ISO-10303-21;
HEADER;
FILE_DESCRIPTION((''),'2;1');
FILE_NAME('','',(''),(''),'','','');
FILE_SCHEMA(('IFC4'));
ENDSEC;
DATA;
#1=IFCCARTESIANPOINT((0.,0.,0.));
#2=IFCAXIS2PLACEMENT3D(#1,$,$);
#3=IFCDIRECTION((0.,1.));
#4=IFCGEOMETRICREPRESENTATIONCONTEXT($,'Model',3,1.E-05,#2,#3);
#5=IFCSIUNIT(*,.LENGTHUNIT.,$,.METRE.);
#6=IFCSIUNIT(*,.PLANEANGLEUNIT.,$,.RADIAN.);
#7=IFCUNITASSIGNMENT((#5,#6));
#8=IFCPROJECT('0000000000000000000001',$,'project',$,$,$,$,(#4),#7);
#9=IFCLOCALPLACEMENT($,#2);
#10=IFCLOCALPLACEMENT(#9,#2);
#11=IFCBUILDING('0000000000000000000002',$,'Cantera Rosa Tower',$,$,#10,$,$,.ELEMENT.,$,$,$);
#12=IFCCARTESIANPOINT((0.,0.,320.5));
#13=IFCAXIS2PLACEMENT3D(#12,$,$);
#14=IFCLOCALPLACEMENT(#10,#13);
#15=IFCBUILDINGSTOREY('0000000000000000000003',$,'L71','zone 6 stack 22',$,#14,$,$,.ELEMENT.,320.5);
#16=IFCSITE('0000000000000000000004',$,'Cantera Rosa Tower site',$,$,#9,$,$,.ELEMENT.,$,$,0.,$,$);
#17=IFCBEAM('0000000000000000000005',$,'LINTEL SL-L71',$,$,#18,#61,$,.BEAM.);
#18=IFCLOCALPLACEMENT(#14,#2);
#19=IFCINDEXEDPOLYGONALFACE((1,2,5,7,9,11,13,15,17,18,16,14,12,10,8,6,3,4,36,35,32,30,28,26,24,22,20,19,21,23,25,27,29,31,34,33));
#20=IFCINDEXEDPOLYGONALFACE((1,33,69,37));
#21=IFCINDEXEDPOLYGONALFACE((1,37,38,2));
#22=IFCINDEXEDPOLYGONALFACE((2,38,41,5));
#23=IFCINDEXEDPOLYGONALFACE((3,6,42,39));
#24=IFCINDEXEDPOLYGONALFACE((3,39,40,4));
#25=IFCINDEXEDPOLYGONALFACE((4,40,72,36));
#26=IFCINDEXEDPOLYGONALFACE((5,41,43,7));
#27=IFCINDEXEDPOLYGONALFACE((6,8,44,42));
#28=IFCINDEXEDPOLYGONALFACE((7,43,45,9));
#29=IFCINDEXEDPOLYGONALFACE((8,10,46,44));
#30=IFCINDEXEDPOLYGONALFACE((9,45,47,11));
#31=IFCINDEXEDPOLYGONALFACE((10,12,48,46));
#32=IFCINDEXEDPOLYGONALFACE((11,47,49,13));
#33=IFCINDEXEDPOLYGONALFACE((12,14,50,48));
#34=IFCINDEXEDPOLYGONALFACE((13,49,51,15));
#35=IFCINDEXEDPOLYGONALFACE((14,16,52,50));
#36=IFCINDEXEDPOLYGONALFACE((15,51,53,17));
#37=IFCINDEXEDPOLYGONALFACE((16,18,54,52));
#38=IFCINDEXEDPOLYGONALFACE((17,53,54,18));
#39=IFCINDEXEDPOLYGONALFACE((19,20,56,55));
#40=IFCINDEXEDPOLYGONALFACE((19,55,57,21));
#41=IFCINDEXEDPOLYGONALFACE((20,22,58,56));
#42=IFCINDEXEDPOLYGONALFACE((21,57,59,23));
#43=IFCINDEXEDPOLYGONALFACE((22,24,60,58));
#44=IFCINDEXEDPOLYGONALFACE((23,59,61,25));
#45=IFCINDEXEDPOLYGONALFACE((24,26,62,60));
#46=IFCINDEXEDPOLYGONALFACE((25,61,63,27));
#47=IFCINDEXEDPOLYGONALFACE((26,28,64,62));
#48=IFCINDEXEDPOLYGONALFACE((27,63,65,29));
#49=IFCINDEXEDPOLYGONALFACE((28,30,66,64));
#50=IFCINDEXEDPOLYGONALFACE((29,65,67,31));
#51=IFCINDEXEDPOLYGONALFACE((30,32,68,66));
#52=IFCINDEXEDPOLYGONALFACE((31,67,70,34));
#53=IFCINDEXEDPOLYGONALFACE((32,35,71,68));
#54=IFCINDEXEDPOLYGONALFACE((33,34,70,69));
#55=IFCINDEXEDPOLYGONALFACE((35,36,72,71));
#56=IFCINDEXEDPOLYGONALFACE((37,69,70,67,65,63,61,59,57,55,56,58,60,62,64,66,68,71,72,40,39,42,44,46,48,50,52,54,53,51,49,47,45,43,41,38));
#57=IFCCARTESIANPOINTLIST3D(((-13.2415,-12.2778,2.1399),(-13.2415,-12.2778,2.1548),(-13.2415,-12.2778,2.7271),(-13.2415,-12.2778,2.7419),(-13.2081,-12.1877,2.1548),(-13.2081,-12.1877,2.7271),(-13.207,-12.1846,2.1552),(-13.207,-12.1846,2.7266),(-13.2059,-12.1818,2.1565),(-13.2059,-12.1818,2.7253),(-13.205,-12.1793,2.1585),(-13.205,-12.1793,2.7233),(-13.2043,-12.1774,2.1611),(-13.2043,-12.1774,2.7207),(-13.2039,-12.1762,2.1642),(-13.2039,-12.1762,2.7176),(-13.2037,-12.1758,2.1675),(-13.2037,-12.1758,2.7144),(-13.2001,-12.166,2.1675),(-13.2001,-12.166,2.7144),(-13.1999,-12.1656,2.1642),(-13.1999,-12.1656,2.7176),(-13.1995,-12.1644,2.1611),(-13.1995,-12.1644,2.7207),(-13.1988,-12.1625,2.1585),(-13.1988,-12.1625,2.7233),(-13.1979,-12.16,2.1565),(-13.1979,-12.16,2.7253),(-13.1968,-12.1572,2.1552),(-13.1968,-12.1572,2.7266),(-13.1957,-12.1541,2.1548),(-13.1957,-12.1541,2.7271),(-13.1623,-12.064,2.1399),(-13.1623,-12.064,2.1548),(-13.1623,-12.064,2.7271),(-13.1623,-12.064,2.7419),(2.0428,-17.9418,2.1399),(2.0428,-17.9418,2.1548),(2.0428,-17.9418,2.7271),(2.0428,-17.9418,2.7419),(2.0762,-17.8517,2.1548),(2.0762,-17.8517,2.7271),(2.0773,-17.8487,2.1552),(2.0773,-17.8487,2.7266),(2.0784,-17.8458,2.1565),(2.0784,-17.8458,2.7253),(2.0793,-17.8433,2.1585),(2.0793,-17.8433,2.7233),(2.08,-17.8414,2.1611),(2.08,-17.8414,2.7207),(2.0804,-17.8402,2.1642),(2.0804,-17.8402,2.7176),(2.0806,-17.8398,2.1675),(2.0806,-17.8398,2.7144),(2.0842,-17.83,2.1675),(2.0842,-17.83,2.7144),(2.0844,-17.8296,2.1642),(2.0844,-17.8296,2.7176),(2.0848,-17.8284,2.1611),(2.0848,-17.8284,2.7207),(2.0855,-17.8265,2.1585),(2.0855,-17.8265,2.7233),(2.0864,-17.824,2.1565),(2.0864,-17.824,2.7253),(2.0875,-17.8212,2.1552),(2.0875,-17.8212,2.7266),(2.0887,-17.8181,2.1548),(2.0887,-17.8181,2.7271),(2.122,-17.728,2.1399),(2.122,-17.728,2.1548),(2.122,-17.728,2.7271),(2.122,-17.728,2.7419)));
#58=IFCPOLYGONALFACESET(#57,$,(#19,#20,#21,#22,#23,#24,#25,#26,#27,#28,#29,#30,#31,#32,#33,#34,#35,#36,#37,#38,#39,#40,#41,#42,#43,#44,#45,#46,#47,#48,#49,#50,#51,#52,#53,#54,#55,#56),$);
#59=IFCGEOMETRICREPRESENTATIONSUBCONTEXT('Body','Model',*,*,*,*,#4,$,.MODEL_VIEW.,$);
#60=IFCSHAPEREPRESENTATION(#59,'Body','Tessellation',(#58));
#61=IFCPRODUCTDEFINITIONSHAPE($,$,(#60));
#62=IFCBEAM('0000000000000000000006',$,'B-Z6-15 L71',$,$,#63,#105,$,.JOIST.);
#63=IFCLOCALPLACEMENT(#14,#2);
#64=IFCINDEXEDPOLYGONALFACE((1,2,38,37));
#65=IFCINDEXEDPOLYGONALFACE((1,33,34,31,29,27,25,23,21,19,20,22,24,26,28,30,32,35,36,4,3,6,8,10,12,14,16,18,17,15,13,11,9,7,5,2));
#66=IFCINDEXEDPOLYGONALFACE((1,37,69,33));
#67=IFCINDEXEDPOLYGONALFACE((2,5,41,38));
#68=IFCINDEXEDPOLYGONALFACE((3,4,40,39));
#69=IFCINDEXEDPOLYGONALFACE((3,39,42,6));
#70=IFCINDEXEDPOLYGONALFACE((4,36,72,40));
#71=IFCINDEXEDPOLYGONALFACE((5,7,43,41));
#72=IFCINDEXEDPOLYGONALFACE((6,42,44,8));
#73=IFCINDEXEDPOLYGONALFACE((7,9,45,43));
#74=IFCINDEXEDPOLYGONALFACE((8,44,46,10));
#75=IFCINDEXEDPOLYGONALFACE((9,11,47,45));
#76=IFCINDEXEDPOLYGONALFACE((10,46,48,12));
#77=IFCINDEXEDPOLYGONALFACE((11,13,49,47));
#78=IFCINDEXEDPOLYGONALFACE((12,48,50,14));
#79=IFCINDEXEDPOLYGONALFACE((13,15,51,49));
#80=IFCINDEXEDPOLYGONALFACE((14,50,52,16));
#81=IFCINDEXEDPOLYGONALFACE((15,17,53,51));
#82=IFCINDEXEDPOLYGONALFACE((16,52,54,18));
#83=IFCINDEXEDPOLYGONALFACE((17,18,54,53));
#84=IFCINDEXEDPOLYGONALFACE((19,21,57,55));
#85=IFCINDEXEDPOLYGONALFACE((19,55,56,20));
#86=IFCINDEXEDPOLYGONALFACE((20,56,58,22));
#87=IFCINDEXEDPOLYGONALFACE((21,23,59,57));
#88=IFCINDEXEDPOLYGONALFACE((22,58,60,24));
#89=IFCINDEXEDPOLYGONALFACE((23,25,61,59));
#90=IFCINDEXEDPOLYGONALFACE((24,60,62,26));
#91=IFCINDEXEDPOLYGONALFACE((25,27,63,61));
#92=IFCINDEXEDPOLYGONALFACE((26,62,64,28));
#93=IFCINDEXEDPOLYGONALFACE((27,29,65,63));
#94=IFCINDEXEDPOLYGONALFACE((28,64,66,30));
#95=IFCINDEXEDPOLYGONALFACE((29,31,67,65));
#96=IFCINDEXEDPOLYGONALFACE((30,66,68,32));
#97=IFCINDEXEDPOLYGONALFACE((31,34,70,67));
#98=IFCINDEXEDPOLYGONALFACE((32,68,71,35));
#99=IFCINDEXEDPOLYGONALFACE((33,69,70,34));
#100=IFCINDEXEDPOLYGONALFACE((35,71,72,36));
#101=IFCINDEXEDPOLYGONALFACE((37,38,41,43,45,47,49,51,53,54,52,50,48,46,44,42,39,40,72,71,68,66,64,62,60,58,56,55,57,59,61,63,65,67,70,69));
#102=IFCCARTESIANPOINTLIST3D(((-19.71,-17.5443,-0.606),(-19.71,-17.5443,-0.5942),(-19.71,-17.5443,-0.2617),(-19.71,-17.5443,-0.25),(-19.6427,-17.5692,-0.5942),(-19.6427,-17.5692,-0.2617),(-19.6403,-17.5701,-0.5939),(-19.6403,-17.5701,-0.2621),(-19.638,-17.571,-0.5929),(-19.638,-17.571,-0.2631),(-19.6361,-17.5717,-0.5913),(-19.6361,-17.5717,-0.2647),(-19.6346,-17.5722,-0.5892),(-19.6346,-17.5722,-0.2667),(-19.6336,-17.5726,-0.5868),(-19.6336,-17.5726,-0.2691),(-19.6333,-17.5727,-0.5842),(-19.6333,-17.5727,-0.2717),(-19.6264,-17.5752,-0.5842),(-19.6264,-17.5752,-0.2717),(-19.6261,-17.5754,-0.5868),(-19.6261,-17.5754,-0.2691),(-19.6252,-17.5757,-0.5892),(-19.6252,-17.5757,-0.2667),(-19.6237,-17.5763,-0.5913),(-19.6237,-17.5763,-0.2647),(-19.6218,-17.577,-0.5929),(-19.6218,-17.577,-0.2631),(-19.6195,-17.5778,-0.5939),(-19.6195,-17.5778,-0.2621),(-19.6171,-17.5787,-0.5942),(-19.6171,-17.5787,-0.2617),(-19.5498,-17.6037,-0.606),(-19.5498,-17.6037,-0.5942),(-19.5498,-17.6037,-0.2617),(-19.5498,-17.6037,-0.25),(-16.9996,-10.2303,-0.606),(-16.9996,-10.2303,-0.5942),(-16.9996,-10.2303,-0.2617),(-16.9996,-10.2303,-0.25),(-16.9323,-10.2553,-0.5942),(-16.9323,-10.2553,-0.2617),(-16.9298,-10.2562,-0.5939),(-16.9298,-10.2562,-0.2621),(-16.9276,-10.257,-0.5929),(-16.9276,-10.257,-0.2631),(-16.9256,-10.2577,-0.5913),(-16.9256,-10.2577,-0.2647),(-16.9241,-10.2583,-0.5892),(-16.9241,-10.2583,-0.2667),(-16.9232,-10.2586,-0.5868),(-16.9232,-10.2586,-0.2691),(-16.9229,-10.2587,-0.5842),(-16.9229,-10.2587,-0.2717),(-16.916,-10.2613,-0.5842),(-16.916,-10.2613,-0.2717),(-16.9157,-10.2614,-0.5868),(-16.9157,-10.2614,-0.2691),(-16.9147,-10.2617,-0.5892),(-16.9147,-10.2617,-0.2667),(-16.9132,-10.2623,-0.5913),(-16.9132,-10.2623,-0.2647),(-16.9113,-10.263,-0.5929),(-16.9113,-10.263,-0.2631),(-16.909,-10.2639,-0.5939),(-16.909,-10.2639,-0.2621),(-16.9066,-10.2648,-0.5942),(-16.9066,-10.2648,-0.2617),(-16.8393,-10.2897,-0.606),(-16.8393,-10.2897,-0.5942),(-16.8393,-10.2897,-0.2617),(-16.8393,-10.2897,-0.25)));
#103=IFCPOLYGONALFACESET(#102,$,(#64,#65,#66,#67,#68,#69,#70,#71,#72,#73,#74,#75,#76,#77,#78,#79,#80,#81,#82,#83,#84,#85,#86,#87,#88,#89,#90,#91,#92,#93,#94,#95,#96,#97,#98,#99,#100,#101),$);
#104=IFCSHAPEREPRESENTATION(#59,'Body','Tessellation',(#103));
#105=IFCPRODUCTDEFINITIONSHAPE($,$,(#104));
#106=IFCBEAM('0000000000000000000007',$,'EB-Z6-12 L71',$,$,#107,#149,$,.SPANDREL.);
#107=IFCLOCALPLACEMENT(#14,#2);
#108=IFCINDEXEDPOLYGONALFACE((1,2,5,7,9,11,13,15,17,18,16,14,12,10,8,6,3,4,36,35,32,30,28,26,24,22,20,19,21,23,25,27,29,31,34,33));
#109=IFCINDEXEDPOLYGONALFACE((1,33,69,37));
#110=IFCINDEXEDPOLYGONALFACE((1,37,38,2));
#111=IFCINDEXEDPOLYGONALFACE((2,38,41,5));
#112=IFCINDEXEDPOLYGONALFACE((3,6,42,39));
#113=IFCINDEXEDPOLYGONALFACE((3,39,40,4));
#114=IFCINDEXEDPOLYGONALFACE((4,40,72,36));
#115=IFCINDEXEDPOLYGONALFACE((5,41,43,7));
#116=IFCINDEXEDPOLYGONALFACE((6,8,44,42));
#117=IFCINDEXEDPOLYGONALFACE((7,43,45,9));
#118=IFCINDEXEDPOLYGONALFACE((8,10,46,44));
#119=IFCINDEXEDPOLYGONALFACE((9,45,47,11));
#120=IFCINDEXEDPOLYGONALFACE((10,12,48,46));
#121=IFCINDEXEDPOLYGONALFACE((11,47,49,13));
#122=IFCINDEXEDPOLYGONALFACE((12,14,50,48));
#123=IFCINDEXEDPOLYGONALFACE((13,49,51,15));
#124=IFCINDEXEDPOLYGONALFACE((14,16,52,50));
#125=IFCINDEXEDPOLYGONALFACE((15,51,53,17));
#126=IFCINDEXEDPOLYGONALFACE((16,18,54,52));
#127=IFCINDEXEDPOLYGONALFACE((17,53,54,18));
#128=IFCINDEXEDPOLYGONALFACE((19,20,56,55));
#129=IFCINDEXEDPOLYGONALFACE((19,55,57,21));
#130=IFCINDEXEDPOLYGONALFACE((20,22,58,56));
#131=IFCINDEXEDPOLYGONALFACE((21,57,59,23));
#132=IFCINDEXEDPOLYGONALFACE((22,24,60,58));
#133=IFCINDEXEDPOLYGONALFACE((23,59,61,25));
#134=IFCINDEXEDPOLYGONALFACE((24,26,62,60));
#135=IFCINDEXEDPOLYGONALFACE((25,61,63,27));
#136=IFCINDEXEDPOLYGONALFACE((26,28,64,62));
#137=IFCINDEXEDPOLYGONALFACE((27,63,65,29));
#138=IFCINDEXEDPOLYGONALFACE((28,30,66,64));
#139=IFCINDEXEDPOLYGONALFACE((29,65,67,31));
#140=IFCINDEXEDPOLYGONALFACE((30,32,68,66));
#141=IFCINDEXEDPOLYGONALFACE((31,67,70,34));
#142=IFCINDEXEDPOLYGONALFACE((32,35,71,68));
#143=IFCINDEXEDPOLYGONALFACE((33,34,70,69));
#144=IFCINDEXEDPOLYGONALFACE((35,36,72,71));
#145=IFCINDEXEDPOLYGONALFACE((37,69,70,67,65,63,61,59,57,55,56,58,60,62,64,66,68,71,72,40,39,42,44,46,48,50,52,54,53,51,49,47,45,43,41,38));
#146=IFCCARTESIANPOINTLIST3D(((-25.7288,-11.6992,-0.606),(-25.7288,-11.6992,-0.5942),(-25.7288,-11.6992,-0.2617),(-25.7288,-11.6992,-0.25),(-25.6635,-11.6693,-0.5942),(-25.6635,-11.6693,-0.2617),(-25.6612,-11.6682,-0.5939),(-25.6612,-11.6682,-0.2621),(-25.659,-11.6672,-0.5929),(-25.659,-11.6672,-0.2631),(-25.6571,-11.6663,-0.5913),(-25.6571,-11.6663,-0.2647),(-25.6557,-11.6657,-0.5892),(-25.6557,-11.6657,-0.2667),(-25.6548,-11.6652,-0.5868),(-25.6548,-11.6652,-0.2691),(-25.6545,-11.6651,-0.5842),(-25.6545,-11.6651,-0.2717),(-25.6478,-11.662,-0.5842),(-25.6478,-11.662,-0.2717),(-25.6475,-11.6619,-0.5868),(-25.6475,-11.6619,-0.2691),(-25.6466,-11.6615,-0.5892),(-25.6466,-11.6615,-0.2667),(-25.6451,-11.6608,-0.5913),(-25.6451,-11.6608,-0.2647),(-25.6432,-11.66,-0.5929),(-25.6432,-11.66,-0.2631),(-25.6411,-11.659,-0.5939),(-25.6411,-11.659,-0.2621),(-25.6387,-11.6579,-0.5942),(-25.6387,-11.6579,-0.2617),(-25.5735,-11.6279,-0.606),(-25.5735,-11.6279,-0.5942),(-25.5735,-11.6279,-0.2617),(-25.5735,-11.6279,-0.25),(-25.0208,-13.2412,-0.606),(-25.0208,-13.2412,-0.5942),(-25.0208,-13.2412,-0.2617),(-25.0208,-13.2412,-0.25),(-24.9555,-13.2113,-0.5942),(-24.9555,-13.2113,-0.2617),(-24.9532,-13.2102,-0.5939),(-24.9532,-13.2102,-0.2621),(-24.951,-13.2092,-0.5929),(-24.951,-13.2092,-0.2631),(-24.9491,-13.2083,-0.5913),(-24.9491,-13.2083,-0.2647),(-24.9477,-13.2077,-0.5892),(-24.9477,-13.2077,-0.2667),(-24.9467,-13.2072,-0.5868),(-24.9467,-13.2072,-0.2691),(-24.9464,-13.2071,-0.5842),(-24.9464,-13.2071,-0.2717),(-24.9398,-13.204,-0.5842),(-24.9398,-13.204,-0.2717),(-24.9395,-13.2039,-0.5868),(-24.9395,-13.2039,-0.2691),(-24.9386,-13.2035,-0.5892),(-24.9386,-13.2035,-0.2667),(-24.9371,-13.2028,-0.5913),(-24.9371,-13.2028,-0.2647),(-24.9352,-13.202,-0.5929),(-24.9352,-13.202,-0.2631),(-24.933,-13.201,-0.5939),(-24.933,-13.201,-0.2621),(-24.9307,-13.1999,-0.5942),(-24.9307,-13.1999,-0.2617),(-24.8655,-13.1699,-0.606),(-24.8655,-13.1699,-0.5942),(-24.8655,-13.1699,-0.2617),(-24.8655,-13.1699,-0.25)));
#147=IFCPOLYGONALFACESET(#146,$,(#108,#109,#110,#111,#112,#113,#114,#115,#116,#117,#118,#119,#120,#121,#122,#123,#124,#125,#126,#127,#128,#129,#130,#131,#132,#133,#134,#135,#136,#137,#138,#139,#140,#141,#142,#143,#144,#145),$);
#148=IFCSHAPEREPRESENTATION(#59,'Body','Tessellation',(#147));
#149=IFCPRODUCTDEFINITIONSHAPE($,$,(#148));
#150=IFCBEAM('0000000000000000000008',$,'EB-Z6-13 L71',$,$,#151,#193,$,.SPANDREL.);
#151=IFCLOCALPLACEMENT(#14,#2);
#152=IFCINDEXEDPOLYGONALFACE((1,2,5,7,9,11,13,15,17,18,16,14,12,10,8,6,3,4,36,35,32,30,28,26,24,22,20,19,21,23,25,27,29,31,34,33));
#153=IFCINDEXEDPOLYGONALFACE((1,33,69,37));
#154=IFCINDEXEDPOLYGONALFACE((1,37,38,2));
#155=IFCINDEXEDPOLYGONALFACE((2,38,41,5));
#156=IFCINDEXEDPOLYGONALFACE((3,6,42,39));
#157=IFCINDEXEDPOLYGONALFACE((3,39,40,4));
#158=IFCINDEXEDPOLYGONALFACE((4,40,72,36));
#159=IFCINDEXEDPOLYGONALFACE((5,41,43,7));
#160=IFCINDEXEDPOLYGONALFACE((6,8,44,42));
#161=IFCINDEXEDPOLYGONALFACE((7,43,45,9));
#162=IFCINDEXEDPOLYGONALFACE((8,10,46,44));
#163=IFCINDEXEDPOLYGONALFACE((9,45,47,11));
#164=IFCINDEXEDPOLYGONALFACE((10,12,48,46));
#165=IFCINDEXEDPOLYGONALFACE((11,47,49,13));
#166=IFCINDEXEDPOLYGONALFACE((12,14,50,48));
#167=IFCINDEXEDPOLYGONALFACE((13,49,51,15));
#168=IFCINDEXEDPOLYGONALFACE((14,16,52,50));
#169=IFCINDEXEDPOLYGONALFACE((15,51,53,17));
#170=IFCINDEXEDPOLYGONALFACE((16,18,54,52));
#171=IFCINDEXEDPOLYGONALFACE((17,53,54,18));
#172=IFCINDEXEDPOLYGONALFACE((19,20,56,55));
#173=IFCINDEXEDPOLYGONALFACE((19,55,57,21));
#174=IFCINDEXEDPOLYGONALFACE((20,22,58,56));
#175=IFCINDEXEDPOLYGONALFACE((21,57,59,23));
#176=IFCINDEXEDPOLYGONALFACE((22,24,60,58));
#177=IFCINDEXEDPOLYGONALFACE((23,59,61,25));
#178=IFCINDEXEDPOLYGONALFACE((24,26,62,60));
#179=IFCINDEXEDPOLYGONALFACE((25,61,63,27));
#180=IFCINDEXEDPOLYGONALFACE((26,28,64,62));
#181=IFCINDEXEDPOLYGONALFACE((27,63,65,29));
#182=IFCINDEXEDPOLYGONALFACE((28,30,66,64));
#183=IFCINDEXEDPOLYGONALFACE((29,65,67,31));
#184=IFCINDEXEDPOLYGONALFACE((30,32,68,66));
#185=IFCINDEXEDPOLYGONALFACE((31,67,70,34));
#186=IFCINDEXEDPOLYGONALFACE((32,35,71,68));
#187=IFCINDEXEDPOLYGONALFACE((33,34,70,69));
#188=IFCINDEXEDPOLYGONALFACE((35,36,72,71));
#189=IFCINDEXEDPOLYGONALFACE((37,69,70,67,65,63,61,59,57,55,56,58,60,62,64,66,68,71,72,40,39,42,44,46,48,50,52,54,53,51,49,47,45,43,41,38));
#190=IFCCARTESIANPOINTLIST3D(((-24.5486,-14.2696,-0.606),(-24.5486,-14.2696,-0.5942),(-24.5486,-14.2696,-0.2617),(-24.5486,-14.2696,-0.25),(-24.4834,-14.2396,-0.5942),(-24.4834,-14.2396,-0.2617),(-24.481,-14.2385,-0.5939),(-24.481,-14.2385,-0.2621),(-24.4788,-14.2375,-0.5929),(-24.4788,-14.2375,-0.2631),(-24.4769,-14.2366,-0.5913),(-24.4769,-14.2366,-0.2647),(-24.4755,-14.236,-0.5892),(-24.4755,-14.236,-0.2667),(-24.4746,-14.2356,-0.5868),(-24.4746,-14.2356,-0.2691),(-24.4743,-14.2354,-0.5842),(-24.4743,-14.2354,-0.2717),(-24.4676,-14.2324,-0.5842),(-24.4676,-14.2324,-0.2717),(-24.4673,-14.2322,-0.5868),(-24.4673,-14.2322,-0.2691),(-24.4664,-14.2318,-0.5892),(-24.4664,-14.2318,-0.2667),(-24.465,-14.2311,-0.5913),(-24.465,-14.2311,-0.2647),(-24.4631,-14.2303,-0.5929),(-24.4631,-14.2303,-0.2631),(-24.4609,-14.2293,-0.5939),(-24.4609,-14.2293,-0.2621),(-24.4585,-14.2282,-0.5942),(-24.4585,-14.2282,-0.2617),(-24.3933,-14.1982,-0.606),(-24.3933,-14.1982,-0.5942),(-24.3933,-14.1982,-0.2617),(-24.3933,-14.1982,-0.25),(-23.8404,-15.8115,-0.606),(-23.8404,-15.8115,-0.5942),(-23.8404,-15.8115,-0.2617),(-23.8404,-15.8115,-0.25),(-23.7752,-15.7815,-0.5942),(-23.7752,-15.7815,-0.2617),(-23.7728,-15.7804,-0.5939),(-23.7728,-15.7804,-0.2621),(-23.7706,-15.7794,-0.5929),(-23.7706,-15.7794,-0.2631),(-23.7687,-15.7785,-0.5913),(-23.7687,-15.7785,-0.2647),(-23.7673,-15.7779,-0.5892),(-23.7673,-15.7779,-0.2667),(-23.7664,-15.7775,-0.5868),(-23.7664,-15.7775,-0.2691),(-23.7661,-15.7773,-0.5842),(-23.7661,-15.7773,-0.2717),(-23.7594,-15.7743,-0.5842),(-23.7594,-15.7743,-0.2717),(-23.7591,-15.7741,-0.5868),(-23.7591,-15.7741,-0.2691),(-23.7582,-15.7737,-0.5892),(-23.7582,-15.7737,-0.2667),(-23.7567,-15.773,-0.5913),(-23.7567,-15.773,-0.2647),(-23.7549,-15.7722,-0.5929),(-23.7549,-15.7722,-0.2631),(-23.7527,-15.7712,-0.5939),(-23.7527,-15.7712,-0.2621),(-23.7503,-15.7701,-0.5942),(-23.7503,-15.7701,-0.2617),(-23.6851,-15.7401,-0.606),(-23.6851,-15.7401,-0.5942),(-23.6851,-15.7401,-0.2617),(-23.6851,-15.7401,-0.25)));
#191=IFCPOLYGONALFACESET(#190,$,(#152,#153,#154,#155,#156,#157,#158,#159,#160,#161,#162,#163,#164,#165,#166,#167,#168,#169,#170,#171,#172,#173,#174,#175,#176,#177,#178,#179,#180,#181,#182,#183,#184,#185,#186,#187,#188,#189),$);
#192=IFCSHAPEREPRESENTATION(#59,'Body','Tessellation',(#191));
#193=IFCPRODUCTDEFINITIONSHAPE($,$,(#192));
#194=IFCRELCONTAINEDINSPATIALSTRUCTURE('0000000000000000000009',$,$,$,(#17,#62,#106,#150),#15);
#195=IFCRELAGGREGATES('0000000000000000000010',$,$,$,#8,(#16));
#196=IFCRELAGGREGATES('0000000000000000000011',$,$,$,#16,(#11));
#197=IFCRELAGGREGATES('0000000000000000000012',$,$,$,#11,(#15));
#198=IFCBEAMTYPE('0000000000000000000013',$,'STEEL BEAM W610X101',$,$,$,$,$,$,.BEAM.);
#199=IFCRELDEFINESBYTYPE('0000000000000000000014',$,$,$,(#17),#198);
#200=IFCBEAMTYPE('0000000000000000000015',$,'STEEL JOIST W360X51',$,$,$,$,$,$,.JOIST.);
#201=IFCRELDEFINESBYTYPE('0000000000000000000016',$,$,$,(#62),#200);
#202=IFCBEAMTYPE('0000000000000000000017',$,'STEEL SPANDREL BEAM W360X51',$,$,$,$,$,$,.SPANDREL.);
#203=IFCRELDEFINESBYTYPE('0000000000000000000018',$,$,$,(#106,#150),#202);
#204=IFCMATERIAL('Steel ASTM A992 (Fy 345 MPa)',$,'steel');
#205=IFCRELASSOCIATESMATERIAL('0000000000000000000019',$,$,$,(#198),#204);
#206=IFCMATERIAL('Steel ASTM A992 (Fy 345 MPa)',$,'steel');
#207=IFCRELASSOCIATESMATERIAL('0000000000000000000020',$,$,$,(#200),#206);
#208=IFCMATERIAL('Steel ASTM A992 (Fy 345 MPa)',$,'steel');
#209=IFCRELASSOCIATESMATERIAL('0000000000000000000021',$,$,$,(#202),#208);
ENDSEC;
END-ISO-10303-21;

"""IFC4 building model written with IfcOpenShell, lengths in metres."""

from ifc_helpers import new_model, si_unit, direction, frame, origin, origin_2d, place, context, subcontext, project, spatial, i_section, extrude, material, material_profile, profile_set, type_object, element, save


model = new_model("IFC4")

# Units and contexts
model_context = context("Model", 3, precision=1e-05, world=origin(), true_north=direction((0.0, 1.0)))
body_context = subcontext(model_context, "Body", "Model", "MODEL_VIEW")
ifc_project = project(units=[si_unit("LENGTHUNIT", "METRE"), si_unit("PLANEANGLEUNIT", "RADIAN")], contexts=[model_context])

# Site, building, storey
site_placement = place(None, origin())
site = spatial("IfcSite", under=ifc_project, at=site_placement, Name="Cantera Rosa Tower site", CompositionType="ELEMENT", RefElevation=0.0)
building_placement = place(site_placement, origin())
building = spatial("IfcBuilding", under=site, at=building_placement, Name="Cantera Rosa Tower", CompositionType="ELEMENT")
storey_placement = place(building_placement, frame((0.0, 0.0, 320.5)))
storey = spatial("IfcBuildingStorey", under=building, at=storey_placement, Name="L71", Description="zone 6 stack 22", CompositionType="ELEMENT", Elevation=320.5)

# Beams
ifc_material_1 = material(Name="Steel ASTM A992 (Fy 345 MPa)", Category="steel")
ifc_material_profile_1 = material_profile(ifc_material_1, i_section(OverallWidth=0.228, OverallDepth=0.6021, WebThickness=0.0105, FlangeThickness=0.0149, FilletRadius=0.0127, at=origin_2d()), Name="W610X101")
ifc_profile_set_1 = profile_set([ifc_material_profile_1], Name="Steel ASTM A992 (Fy 345 MPa)")
beam_type_1 = type_object("IfcBeamType", Name="STEEL BEAM W610X101", PredefinedType="BEAM", material=ifc_profile_set_1)
beam_1_placement = place(storey_placement, frame((-13.2019, -12.1709, 2.4409), z_axis=(0.937686, -0.347485, 0.0), x_axis=(0.347485, 0.937686, 0.0)))
element("IfcBeam", 1, at=beam_1_placement, inside=storey, type_object=beam_type_1, Name="LINTEL SL-L71", PredefinedType="BEAM", context=body_context, shape_type="SweptSolid", body=[
    extrude(i_section(OverallWidth=0.228, OverallDepth=0.6021, WebThickness=0.0105, FlangeThickness=0.0149, FilletRadius=0.0127, at=origin_2d()), origin(), (0.0, 0.0, 1.0), 16.3),
])
ifc_material_2 = material(Name="Steel ASTM A992 (Fy 345 MPa)", Category="steel")
ifc_material_profile_2 = material_profile(ifc_material_2, i_section(OverallWidth=0.1709, OverallDepth=0.356, WebThickness=0.0073, FlangeThickness=0.0117, FilletRadius=0.01, at=origin_2d()), Name="W360X51")
ifc_profile_set_2 = profile_set([ifc_material_profile_2], Name="Steel ASTM A992 (Fy 345 MPa)")
beam_type_2 = type_object("IfcBeamType", Name="STEEL JOIST W360X51", PredefinedType="JOIST", material=ifc_profile_set_2)
beam_2_placement = place(storey_placement, frame((-19.6299, -17.574, -0.428), z_axis=(0.347492, 0.937683, 0.0), x_axis=(-0.937683, 0.347492, 0.0)))
element("IfcBeam", 2, at=beam_2_placement, inside=storey, type_object=beam_type_2, Name="B-Z6-15 L71", PredefinedType="JOIST", context=body_context, shape_type="SweptSolid", body=[
    extrude(i_section(OverallWidth=0.1709, OverallDepth=0.356, WebThickness=0.0073, FlangeThickness=0.0117, FilletRadius=0.01, at=origin_2d()), origin(), (0.0, 0.0, 1.0), 7.8),
])
ifc_material_3 = material(Name="Steel ASTM A992 (Fy 345 MPa)", Category="steel")
ifc_material_profile_3 = material_profile(ifc_material_3, i_section(OverallWidth=0.1709, OverallDepth=0.356, WebThickness=0.0073, FlangeThickness=0.0117, FilletRadius=0.01, at=origin_2d()), Name="W360X51")
ifc_profile_set_3 = profile_set([ifc_material_profile_3], Name="Steel ASTM A992 (Fy 345 MPa)")
beam_type_3 = type_object("IfcBeamType", Name="STEEL SPANDREL BEAM W360X51", PredefinedType="SPANDREL", material=ifc_profile_set_3)
for number, where, z_axis, x_axis, name in (
    (3, (-25.6511, -11.6636, -0.428), (0.417269, -0.908783, 0.0), (0.908783, 0.417269, 0.0), "EB-Z6-12 L71"),
    (4, (-24.4709, -14.2339, -0.428), (0.417388, -0.908728, 0.0), (0.908728, 0.417388, 0.0), "EB-Z6-13 L71"),
):
    element("IfcBeam", number, at=place(storey_placement, frame(where, z_axis=z_axis, x_axis=x_axis)), inside=storey, type_object=beam_type_3, Name=name, PredefinedType="SPANDREL", context=body_context, shape_type="SweptSolid", body=[
        extrude(i_section(OverallWidth=0.1709, OverallDepth=0.356, WebThickness=0.0073, FlangeThickness=0.0117, FilletRadius=0.01, at=origin_2d()), origin(), (0.0, 0.0, 1.0), 1.6968),
    ])

save(model, "model.ifc")
